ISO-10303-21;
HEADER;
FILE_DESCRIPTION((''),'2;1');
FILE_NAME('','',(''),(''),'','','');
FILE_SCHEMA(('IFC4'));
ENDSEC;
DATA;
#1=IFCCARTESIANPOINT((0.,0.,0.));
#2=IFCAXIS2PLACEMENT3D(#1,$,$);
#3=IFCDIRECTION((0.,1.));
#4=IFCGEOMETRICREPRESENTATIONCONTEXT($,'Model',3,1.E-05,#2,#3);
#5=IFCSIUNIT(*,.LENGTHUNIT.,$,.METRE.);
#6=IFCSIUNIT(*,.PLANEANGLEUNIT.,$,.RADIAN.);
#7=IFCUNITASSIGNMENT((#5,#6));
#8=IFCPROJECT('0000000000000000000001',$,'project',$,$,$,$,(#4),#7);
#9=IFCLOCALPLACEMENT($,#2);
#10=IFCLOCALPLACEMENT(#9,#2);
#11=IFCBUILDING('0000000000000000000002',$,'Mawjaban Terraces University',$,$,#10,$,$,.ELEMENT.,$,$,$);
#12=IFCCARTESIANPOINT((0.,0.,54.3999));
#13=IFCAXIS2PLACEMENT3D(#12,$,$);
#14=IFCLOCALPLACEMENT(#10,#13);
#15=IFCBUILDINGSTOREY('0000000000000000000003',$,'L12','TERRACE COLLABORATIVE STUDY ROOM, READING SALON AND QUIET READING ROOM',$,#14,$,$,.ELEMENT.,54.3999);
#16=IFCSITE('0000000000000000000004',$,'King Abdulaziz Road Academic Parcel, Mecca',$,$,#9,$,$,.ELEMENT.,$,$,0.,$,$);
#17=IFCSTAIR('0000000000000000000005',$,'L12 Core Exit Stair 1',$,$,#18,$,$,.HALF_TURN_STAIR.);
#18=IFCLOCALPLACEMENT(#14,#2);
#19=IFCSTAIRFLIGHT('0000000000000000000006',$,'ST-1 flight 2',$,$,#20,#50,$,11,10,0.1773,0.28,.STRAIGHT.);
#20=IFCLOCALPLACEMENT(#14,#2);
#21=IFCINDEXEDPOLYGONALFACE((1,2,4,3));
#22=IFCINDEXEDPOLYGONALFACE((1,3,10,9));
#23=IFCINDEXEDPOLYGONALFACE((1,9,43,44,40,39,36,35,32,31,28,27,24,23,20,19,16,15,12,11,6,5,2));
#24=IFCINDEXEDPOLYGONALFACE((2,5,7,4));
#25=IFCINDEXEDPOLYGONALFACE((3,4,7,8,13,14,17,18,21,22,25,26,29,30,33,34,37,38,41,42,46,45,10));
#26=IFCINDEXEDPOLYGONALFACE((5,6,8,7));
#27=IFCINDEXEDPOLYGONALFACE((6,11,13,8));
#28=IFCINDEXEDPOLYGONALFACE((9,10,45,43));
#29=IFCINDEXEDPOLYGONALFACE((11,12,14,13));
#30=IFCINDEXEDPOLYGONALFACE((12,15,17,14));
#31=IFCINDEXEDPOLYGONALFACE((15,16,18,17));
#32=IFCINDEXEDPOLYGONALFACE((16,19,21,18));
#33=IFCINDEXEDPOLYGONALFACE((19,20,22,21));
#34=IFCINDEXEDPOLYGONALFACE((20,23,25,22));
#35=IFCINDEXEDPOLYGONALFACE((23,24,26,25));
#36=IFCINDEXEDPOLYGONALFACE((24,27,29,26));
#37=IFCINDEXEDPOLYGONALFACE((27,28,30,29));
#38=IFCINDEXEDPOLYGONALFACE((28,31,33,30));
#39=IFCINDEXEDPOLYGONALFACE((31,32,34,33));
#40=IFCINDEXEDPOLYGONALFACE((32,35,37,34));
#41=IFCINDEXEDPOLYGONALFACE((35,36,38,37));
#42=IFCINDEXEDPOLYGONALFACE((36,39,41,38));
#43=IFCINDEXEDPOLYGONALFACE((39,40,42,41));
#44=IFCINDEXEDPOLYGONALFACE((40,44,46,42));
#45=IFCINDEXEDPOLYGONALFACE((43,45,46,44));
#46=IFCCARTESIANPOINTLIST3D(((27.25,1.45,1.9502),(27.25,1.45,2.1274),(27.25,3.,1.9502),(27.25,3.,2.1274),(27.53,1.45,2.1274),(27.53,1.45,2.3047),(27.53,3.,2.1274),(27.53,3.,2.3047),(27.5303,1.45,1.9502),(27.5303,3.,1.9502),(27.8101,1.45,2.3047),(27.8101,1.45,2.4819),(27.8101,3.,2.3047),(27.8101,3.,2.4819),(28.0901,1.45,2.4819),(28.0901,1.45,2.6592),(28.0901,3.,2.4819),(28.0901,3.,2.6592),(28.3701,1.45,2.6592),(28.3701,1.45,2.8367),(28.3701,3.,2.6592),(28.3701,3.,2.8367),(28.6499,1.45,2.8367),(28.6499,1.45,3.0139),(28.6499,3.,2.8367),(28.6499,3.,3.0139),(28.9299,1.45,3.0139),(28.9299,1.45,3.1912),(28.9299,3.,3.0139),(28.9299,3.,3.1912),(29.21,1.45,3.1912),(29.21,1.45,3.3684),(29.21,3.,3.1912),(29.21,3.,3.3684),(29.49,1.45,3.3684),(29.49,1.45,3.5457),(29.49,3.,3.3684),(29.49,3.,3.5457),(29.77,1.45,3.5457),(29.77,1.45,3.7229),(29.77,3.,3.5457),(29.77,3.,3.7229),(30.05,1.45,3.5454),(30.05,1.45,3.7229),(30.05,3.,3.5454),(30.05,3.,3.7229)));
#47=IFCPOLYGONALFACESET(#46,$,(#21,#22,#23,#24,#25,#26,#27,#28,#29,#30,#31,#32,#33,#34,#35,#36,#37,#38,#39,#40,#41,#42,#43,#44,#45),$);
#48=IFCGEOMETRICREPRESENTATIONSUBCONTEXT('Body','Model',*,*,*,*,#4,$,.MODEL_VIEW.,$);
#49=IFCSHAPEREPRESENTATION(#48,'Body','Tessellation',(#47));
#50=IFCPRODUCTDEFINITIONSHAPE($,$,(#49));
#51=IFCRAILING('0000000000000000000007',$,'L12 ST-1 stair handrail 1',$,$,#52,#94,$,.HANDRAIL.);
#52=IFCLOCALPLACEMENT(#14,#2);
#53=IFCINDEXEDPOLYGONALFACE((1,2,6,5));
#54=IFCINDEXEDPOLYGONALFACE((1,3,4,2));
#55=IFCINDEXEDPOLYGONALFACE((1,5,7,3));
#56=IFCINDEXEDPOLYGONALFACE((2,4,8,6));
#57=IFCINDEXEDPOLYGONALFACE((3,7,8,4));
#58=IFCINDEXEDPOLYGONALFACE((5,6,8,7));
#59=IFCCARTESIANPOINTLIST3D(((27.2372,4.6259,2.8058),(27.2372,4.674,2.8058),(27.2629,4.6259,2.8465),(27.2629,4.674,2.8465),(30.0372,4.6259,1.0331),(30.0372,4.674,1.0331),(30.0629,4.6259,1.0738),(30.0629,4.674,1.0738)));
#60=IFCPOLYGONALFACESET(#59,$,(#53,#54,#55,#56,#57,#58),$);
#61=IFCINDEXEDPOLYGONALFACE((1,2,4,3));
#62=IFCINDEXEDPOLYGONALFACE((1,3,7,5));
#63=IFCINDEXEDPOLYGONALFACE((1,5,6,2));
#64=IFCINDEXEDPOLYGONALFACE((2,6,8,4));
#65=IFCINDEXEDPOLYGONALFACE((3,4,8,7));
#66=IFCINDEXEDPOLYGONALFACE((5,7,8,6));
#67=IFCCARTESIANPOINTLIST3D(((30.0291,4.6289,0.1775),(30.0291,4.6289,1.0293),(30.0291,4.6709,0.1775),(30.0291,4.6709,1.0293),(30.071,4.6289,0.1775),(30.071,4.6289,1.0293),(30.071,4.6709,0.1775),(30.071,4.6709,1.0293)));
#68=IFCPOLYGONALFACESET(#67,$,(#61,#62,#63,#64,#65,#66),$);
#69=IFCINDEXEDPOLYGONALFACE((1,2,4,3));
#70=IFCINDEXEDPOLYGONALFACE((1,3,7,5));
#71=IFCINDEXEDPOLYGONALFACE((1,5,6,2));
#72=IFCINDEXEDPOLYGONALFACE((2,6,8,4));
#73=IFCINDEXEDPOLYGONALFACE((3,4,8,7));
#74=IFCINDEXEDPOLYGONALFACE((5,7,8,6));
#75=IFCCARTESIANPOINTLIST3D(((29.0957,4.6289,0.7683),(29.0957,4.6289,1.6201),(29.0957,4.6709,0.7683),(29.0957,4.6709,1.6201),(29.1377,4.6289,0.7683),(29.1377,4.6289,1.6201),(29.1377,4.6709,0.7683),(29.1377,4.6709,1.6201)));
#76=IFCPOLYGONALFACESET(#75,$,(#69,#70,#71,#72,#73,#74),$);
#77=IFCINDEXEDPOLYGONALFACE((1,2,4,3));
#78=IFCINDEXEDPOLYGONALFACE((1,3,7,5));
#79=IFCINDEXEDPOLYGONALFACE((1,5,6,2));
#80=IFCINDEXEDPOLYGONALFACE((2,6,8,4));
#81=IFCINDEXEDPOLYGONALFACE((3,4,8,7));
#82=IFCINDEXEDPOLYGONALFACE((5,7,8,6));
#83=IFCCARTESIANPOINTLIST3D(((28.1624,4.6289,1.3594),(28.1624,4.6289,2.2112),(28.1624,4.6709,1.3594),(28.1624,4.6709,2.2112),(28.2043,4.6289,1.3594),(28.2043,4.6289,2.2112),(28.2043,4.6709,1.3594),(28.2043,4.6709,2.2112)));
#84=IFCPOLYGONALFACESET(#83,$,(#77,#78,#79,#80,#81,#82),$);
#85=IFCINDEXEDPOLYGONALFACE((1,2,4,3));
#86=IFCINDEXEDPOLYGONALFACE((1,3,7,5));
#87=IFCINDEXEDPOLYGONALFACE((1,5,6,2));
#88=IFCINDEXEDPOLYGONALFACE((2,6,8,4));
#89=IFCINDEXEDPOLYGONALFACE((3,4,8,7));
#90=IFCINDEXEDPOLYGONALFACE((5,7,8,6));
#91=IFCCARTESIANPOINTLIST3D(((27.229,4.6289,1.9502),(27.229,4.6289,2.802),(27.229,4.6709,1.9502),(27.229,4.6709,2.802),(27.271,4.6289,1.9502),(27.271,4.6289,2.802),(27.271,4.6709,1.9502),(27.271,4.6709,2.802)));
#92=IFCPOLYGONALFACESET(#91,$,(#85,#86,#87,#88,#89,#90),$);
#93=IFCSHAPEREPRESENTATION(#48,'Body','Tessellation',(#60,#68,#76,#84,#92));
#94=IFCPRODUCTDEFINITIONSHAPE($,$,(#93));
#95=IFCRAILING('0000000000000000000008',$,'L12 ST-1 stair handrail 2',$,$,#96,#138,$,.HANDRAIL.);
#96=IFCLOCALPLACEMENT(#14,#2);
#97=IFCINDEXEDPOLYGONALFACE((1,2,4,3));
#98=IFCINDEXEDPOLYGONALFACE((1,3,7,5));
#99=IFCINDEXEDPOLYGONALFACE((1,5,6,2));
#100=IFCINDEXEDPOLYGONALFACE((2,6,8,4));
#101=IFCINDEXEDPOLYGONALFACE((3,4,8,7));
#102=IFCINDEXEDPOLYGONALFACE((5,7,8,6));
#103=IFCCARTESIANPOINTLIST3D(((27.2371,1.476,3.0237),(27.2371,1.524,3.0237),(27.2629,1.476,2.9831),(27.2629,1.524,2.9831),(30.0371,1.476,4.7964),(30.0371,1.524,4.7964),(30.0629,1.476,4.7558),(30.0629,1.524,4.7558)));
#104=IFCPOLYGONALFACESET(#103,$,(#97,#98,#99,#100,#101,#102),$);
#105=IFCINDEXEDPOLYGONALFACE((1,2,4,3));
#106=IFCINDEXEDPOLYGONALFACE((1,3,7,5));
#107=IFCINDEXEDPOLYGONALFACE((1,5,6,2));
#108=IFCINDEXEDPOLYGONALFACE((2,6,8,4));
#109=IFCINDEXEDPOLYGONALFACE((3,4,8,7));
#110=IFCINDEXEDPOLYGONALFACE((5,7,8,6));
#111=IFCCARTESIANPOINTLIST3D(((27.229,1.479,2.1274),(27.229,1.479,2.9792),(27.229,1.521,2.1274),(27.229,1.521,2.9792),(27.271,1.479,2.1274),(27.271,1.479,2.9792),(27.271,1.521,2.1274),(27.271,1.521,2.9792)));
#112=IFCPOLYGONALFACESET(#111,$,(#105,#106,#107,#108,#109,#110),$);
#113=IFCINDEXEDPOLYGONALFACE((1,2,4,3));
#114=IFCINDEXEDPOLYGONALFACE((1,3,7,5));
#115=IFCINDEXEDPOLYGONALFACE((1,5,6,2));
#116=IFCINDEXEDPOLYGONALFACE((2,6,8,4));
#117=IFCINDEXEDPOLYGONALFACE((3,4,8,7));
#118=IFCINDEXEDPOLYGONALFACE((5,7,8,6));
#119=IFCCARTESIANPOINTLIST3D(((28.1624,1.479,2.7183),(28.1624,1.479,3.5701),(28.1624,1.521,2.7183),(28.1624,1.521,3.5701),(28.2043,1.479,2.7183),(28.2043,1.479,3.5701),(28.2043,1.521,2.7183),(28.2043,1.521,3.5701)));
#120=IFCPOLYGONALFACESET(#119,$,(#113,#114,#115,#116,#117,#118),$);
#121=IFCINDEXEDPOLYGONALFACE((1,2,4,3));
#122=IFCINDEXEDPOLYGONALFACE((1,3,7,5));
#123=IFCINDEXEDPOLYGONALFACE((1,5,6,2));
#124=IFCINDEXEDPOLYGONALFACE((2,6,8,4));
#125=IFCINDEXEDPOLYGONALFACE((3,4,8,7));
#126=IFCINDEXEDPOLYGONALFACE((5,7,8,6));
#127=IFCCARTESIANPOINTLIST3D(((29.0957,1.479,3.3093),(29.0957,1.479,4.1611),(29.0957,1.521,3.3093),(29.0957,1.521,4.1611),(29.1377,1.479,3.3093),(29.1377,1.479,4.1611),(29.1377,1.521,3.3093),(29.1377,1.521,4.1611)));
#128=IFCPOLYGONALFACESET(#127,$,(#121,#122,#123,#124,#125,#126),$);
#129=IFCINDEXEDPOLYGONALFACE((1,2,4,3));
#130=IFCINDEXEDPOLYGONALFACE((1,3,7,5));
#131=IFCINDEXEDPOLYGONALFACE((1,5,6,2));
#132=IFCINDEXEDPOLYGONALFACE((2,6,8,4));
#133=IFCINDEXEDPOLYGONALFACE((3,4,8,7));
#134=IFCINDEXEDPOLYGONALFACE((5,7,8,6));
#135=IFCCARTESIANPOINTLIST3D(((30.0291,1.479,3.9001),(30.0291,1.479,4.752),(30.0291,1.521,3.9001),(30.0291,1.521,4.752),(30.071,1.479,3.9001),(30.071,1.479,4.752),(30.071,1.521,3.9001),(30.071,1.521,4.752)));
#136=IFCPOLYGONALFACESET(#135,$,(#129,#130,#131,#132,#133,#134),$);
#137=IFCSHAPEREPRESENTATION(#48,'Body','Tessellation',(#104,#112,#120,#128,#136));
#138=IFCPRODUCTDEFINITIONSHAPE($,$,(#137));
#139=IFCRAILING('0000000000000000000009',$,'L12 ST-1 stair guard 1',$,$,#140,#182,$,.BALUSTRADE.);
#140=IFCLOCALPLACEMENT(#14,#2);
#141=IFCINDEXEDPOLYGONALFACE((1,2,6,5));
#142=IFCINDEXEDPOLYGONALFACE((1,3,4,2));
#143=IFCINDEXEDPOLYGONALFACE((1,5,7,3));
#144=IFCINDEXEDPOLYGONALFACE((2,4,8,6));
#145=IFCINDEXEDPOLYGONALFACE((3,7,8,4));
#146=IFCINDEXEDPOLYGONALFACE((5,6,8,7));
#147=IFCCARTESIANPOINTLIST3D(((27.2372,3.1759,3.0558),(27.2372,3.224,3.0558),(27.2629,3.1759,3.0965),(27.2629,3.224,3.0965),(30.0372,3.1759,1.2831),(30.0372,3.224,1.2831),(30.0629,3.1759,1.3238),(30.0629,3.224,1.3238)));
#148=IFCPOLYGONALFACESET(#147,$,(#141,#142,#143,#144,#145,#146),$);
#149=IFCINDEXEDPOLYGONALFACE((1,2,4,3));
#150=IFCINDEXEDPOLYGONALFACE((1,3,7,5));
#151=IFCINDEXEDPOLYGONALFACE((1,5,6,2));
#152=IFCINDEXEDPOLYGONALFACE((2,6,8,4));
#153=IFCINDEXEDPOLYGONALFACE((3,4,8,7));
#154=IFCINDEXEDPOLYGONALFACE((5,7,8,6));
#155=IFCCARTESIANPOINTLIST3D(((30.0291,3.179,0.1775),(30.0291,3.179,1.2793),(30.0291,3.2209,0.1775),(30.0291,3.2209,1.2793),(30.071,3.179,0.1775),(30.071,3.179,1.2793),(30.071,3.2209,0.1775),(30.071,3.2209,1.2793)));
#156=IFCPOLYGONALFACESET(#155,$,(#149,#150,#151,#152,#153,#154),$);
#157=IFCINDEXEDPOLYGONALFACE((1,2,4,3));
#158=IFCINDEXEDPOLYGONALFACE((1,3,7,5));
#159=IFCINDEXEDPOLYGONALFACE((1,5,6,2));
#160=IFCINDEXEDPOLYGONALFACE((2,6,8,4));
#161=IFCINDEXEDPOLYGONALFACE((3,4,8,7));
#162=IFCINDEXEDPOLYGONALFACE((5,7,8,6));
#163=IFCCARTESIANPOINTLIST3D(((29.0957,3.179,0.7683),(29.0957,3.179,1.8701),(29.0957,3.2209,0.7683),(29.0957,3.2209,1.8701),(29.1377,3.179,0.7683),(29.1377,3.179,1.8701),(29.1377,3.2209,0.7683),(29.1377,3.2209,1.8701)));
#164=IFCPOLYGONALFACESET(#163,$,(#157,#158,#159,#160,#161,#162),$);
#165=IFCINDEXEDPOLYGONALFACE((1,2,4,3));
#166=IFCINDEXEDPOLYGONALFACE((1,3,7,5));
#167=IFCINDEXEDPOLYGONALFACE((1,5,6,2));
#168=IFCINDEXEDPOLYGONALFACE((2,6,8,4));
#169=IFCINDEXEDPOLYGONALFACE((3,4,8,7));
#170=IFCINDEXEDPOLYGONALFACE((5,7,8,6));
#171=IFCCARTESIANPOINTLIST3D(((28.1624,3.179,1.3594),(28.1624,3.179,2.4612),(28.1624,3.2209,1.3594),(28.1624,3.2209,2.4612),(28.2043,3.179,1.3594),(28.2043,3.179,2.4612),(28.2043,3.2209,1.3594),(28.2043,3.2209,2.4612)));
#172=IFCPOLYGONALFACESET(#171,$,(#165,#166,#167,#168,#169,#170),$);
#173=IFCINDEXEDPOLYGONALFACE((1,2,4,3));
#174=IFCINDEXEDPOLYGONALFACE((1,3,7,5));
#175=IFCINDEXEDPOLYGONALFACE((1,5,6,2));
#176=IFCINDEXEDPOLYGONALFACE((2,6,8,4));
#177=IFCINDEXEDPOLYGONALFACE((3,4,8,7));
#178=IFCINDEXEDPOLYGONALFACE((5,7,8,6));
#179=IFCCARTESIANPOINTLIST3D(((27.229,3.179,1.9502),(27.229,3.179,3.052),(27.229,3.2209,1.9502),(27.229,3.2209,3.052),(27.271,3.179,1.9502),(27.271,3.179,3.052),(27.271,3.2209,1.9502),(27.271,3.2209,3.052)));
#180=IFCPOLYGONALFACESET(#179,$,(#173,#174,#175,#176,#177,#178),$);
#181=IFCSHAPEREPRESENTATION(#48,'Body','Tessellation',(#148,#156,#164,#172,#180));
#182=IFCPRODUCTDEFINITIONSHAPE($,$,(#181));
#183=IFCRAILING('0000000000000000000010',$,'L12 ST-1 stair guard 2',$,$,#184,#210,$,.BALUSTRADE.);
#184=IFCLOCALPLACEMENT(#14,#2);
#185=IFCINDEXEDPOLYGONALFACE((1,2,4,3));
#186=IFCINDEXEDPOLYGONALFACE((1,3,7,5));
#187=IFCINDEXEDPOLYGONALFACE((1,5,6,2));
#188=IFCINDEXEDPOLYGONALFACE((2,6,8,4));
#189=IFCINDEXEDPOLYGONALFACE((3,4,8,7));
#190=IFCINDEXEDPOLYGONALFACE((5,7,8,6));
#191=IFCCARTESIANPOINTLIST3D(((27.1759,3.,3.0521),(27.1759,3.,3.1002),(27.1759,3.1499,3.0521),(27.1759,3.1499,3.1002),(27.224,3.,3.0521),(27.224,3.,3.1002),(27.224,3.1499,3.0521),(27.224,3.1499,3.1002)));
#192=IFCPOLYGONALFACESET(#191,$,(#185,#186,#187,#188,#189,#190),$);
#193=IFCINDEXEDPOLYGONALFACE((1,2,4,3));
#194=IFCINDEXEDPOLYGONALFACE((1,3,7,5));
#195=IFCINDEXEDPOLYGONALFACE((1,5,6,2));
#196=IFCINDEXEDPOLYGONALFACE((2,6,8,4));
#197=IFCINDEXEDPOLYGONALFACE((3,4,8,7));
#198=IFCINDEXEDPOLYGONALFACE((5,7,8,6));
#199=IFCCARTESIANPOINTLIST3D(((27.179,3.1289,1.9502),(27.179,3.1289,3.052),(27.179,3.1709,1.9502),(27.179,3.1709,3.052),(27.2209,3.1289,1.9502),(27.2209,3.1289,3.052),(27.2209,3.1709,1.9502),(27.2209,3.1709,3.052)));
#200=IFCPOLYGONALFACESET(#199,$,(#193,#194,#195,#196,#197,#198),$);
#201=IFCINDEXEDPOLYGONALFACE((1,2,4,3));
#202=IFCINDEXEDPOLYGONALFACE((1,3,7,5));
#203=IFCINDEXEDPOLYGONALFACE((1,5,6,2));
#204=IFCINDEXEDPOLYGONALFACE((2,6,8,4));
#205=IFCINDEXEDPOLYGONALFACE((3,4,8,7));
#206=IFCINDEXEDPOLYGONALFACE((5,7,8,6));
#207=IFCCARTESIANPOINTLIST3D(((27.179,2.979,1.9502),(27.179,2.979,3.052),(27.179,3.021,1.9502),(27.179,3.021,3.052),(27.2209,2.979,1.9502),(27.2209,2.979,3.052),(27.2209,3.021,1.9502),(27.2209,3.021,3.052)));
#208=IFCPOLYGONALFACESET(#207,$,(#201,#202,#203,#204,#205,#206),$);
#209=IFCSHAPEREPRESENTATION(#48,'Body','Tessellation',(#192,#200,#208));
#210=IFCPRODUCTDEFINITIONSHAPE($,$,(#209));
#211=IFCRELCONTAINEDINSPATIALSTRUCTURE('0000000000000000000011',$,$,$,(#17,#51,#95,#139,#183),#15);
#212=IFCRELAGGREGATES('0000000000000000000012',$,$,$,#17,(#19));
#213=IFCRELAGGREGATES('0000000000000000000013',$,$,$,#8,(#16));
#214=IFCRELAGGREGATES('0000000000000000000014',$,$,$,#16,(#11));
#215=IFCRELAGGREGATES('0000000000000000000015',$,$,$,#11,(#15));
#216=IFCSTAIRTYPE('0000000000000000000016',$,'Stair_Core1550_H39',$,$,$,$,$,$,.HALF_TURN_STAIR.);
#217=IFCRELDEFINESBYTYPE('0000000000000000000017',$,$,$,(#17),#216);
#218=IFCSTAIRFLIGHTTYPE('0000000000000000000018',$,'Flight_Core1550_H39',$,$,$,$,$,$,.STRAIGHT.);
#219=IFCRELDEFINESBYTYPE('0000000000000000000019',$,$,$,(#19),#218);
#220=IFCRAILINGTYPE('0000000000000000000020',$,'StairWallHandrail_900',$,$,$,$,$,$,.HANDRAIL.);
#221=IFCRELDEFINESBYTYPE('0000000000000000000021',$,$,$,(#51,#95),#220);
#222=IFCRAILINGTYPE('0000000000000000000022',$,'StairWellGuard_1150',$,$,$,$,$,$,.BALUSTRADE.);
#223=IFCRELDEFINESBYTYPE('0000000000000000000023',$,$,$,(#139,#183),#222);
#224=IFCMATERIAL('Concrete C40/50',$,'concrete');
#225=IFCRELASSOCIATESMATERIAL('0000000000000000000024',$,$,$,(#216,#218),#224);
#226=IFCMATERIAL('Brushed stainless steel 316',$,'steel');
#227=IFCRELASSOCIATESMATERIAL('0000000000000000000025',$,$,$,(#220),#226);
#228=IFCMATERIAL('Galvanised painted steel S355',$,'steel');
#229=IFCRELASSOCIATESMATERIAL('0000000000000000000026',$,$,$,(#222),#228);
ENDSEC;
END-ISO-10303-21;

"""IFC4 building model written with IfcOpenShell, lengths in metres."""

from ifc_helpers import new_model, si_unit, direction, frame, origin, origin_2d, place, context, subcontext, project, spatial, polyline, rectangle, outline, extrude, material, type_object, element, aggregate, save


model = new_model("IFC4")

# Units and contexts
model_context = context("Model", 3, precision=1e-05, world=origin(), true_north=direction((0.0, 1.0)))
body_context = subcontext(model_context, "Body", "Model", "MODEL_VIEW")
ifc_project = project(units=[si_unit("LENGTHUNIT", "METRE"), si_unit("PLANEANGLEUNIT", "RADIAN")], contexts=[model_context])

# Site, building, storey
site_placement = place(None, origin())
site = spatial("IfcSite", under=ifc_project, at=site_placement, Name="King Abdulaziz Road Academic Parcel, Mecca", CompositionType="ELEMENT", RefElevation=0.0)
building_placement = place(site_placement, origin())
building = spatial("IfcBuilding", under=site, at=building_placement, Name="Mawjaban Terraces University", CompositionType="ELEMENT")
storey_placement = place(building_placement, frame((0.0, 0.0, 54.3999)))
storey = spatial("IfcBuildingStorey", under=building, at=storey_placement, Name="L12", Description="TERRACE COLLABORATIVE STUDY ROOM, READING SALON AND QUIET READING ROOM", CompositionType="ELEMENT", Elevation=54.3999)

# Shared definitions
ifc_material_1 = material(Name="Concrete C40/50", Category="concrete")

# Stair, stair flight
stair_type = type_object("IfcStairType", Name="Stair_Core1550_H39", PredefinedType="HALF_TURN_STAIR", material=ifc_material_1)
stair_placement = place(storey_placement, origin())
stair = element("IfcStair", 1, at=stair_placement, inside=storey, type_object=stair_type, Name="L12 Core Exit Stair 1", PredefinedType="HALF_TURN_STAIR")
stair_flight_type = type_object("IfcStairFlightType", Name="Flight_Core1550_H39", PredefinedType="STRAIGHT", material=ifc_material_1)
stair_flight_1_placement = place(storey_placement, frame((27.25, 2.2251, 1.9502), z_axis=(0.0, 0.0, 1.0), x_axis=(1.0, 0.0, 0.0)))
stair_flight_1 = element("IfcStairFlight", 2, at=stair_flight_1_placement, type_object=stair_flight_type, Name="ST-1 flight 2", NumberOfRisers=11, NumberOfTreads=10, PredefinedType="STRAIGHT", RiserHeight=0.1773, TreadLength=0.28, context=body_context, shape_type="SweptSolid", body=[
    extrude(outline(polyline([(0.0, 0.0), (0.0, 0.1772), (0.28, 0.1772), (0.28, 0.3545), (0.5601, 0.3545), (0.5601, 0.5317), (0.8401, 0.5317), (0.8401, 0.709), (1.1201, 0.709), (1.1201, 0.8865), (1.3999, 0.8865), (1.3999, 1.0637), (1.6799, 1.0637), (1.6799, 1.241), (1.96, 1.241), (1.96, 1.4182), (2.24, 1.4182), (2.24, 1.5955), (2.52, 1.5955), (2.52, 1.7727), (2.8, 1.7727), (2.8, 1.95), (2.8, 1.5952), (0.2803, 0.0), (0.0, 0.0)])), frame((0.0, 0.7749, 0.0), z_axis=(0.0, -1.0, 0.0), x_axis=(1.0, 0.0, 0.0)), (0.0, 0.0, 1.0), 1.55),
])
aggregate(stair, [stair_flight_1])

# Railings
ifc_material_2 = material(Name="Brushed stainless steel 316", Category="steel")
railing_type_1 = type_object("IfcRailingType", Name="StairWallHandrail_900", PredefinedType="HANDRAIL", material=ifc_material_2)
railing_1_placement = place(storey_placement, frame((30.05, 4.6499, 0.1775)))
element("IfcRailing", 3, at=railing_1_placement, inside=storey, type_object=railing_type_1, Name="L12 ST-1 stair handrail 1", PredefinedType="HANDRAIL", context=body_context, shape_type="SweptSolid", body=[
    extrude(rectangle(XDim=0.0481, YDim=0.0481, at=origin_2d()), frame((0.0, 0.0, 0.876), z_axis=(-0.844909, 0.0, 0.53491), x_axis=(0.0, -1.0, 0.0)), (0.0, 0.0, 1.0), 3.314),
    extrude(rectangle(XDim=0.042, YDim=0.042, at=origin_2d()), origin(), (0.0, 0.0, 1.0), 0.8518),
    extrude(rectangle(XDim=0.042, YDim=0.042, at=origin_2d()), frame((-0.9333, 0.0, 0.5908)), (0.0, 0.0, 1.0), 0.8518),
    extrude(rectangle(XDim=0.042, YDim=0.042, at=origin_2d()), frame((-1.8667, 0.0, 1.1819)), (0.0, 0.0, 1.0), 0.8518),
    extrude(rectangle(XDim=0.042, YDim=0.042, at=origin_2d()), frame((-2.8, 0.0, 1.7727)), (0.0, 0.0, 1.0), 0.8518),
])
railing_2_placement = place(storey_placement, frame((27.25, 1.5, 2.1274)))
element("IfcRailing", 4, at=railing_2_placement, inside=storey, type_object=railing_type_1, Name="L12 ST-1 stair handrail 2", PredefinedType="HANDRAIL", context=body_context, shape_type="SweptSolid", body=[
    extrude(rectangle(XDim=0.0481, YDim=0.0481, at=origin_2d()), frame((0.0, 0.0, 0.876), z_axis=(0.844909, 0.0, 0.53491), x_axis=(0.0, 1.0, 0.0)), (0.0, 0.0, 1.0), 3.314),
    extrude(rectangle(XDim=0.042, YDim=0.042, at=origin_2d()), origin(), (0.0, 0.0, 1.0), 0.8518),
    extrude(rectangle(XDim=0.042, YDim=0.042, at=origin_2d()), frame((0.9333, 0.0, 0.5908)), (0.0, 0.0, 1.0), 0.8518),
    extrude(rectangle(XDim=0.042, YDim=0.042, at=origin_2d()), frame((1.8667, 0.0, 1.1819)), (0.0, 0.0, 1.0), 0.8518),
    extrude(rectangle(XDim=0.042, YDim=0.042, at=origin_2d()), frame((2.8, 0.0, 1.7727)), (0.0, 0.0, 1.0), 0.8518),
])
ifc_material_3 = material(Name="Galvanised painted steel S355", Category="steel")
railing_type_2 = type_object("IfcRailingType", Name="StairWellGuard_1150", PredefinedType="BALUSTRADE", material=ifc_material_3)
railing_3_placement = place(storey_placement, frame((30.05, 3.2, 0.1775)))
element("IfcRailing", 5, at=railing_3_placement, inside=storey, type_object=railing_type_2, Name="L12 ST-1 stair guard 1", PredefinedType="BALUSTRADE", context=body_context, shape_type="SweptSolid", body=[
    extrude(rectangle(XDim=0.0481, YDim=0.0481, at=origin_2d()), frame((0.0, 0.0, 1.126), z_axis=(-0.844909, 0.0, 0.53491), x_axis=(0.0, -1.0, 0.0)), (0.0, 0.0, 1.0), 3.314),
    extrude(rectangle(XDim=0.042, YDim=0.042, at=origin_2d()), origin(), (0.0, 0.0, 1.0), 1.1018),
    extrude(rectangle(XDim=0.042, YDim=0.042, at=origin_2d()), frame((-0.9333, 0.0, 0.5908)), (0.0, 0.0, 1.0), 1.1018),
    extrude(rectangle(XDim=0.042, YDim=0.042, at=origin_2d()), frame((-1.8667, 0.0, 1.1819)), (0.0, 0.0, 1.0), 1.1018),
    extrude(rectangle(XDim=0.042, YDim=0.042, at=origin_2d()), frame((-2.8, 0.0, 1.7727)), (0.0, 0.0, 1.0), 1.1018),
])
railing_4_placement = place(storey_placement, frame((27.2, 3.1499, 1.9502)))
element("IfcRailing", 6, at=railing_4_placement, inside=storey, type_object=railing_type_2, Name="L12 ST-1 stair guard 2", PredefinedType="BALUSTRADE", context=body_context, shape_type="SweptSolid", body=[
    extrude(rectangle(XDim=0.0481, YDim=0.0481, at=origin_2d()), frame((0.0, 0.0, 1.126), z_axis=(0.0, -1.0, 0.0), x_axis=(1.0, 0.0, 0.0)), (0.0, 0.0, 1.0), 0.1499),
    extrude(rectangle(XDim=0.042, YDim=0.042, at=origin_2d()), origin(), (0.0, 0.0, 1.0), 1.1018),
    extrude(rectangle(XDim=0.042, YDim=0.042, at=origin_2d()), frame((0.0, -0.1499, 0.0)), (0.0, 0.0, 1.0), 1.1018),
])

save(model, "model.ifc")
